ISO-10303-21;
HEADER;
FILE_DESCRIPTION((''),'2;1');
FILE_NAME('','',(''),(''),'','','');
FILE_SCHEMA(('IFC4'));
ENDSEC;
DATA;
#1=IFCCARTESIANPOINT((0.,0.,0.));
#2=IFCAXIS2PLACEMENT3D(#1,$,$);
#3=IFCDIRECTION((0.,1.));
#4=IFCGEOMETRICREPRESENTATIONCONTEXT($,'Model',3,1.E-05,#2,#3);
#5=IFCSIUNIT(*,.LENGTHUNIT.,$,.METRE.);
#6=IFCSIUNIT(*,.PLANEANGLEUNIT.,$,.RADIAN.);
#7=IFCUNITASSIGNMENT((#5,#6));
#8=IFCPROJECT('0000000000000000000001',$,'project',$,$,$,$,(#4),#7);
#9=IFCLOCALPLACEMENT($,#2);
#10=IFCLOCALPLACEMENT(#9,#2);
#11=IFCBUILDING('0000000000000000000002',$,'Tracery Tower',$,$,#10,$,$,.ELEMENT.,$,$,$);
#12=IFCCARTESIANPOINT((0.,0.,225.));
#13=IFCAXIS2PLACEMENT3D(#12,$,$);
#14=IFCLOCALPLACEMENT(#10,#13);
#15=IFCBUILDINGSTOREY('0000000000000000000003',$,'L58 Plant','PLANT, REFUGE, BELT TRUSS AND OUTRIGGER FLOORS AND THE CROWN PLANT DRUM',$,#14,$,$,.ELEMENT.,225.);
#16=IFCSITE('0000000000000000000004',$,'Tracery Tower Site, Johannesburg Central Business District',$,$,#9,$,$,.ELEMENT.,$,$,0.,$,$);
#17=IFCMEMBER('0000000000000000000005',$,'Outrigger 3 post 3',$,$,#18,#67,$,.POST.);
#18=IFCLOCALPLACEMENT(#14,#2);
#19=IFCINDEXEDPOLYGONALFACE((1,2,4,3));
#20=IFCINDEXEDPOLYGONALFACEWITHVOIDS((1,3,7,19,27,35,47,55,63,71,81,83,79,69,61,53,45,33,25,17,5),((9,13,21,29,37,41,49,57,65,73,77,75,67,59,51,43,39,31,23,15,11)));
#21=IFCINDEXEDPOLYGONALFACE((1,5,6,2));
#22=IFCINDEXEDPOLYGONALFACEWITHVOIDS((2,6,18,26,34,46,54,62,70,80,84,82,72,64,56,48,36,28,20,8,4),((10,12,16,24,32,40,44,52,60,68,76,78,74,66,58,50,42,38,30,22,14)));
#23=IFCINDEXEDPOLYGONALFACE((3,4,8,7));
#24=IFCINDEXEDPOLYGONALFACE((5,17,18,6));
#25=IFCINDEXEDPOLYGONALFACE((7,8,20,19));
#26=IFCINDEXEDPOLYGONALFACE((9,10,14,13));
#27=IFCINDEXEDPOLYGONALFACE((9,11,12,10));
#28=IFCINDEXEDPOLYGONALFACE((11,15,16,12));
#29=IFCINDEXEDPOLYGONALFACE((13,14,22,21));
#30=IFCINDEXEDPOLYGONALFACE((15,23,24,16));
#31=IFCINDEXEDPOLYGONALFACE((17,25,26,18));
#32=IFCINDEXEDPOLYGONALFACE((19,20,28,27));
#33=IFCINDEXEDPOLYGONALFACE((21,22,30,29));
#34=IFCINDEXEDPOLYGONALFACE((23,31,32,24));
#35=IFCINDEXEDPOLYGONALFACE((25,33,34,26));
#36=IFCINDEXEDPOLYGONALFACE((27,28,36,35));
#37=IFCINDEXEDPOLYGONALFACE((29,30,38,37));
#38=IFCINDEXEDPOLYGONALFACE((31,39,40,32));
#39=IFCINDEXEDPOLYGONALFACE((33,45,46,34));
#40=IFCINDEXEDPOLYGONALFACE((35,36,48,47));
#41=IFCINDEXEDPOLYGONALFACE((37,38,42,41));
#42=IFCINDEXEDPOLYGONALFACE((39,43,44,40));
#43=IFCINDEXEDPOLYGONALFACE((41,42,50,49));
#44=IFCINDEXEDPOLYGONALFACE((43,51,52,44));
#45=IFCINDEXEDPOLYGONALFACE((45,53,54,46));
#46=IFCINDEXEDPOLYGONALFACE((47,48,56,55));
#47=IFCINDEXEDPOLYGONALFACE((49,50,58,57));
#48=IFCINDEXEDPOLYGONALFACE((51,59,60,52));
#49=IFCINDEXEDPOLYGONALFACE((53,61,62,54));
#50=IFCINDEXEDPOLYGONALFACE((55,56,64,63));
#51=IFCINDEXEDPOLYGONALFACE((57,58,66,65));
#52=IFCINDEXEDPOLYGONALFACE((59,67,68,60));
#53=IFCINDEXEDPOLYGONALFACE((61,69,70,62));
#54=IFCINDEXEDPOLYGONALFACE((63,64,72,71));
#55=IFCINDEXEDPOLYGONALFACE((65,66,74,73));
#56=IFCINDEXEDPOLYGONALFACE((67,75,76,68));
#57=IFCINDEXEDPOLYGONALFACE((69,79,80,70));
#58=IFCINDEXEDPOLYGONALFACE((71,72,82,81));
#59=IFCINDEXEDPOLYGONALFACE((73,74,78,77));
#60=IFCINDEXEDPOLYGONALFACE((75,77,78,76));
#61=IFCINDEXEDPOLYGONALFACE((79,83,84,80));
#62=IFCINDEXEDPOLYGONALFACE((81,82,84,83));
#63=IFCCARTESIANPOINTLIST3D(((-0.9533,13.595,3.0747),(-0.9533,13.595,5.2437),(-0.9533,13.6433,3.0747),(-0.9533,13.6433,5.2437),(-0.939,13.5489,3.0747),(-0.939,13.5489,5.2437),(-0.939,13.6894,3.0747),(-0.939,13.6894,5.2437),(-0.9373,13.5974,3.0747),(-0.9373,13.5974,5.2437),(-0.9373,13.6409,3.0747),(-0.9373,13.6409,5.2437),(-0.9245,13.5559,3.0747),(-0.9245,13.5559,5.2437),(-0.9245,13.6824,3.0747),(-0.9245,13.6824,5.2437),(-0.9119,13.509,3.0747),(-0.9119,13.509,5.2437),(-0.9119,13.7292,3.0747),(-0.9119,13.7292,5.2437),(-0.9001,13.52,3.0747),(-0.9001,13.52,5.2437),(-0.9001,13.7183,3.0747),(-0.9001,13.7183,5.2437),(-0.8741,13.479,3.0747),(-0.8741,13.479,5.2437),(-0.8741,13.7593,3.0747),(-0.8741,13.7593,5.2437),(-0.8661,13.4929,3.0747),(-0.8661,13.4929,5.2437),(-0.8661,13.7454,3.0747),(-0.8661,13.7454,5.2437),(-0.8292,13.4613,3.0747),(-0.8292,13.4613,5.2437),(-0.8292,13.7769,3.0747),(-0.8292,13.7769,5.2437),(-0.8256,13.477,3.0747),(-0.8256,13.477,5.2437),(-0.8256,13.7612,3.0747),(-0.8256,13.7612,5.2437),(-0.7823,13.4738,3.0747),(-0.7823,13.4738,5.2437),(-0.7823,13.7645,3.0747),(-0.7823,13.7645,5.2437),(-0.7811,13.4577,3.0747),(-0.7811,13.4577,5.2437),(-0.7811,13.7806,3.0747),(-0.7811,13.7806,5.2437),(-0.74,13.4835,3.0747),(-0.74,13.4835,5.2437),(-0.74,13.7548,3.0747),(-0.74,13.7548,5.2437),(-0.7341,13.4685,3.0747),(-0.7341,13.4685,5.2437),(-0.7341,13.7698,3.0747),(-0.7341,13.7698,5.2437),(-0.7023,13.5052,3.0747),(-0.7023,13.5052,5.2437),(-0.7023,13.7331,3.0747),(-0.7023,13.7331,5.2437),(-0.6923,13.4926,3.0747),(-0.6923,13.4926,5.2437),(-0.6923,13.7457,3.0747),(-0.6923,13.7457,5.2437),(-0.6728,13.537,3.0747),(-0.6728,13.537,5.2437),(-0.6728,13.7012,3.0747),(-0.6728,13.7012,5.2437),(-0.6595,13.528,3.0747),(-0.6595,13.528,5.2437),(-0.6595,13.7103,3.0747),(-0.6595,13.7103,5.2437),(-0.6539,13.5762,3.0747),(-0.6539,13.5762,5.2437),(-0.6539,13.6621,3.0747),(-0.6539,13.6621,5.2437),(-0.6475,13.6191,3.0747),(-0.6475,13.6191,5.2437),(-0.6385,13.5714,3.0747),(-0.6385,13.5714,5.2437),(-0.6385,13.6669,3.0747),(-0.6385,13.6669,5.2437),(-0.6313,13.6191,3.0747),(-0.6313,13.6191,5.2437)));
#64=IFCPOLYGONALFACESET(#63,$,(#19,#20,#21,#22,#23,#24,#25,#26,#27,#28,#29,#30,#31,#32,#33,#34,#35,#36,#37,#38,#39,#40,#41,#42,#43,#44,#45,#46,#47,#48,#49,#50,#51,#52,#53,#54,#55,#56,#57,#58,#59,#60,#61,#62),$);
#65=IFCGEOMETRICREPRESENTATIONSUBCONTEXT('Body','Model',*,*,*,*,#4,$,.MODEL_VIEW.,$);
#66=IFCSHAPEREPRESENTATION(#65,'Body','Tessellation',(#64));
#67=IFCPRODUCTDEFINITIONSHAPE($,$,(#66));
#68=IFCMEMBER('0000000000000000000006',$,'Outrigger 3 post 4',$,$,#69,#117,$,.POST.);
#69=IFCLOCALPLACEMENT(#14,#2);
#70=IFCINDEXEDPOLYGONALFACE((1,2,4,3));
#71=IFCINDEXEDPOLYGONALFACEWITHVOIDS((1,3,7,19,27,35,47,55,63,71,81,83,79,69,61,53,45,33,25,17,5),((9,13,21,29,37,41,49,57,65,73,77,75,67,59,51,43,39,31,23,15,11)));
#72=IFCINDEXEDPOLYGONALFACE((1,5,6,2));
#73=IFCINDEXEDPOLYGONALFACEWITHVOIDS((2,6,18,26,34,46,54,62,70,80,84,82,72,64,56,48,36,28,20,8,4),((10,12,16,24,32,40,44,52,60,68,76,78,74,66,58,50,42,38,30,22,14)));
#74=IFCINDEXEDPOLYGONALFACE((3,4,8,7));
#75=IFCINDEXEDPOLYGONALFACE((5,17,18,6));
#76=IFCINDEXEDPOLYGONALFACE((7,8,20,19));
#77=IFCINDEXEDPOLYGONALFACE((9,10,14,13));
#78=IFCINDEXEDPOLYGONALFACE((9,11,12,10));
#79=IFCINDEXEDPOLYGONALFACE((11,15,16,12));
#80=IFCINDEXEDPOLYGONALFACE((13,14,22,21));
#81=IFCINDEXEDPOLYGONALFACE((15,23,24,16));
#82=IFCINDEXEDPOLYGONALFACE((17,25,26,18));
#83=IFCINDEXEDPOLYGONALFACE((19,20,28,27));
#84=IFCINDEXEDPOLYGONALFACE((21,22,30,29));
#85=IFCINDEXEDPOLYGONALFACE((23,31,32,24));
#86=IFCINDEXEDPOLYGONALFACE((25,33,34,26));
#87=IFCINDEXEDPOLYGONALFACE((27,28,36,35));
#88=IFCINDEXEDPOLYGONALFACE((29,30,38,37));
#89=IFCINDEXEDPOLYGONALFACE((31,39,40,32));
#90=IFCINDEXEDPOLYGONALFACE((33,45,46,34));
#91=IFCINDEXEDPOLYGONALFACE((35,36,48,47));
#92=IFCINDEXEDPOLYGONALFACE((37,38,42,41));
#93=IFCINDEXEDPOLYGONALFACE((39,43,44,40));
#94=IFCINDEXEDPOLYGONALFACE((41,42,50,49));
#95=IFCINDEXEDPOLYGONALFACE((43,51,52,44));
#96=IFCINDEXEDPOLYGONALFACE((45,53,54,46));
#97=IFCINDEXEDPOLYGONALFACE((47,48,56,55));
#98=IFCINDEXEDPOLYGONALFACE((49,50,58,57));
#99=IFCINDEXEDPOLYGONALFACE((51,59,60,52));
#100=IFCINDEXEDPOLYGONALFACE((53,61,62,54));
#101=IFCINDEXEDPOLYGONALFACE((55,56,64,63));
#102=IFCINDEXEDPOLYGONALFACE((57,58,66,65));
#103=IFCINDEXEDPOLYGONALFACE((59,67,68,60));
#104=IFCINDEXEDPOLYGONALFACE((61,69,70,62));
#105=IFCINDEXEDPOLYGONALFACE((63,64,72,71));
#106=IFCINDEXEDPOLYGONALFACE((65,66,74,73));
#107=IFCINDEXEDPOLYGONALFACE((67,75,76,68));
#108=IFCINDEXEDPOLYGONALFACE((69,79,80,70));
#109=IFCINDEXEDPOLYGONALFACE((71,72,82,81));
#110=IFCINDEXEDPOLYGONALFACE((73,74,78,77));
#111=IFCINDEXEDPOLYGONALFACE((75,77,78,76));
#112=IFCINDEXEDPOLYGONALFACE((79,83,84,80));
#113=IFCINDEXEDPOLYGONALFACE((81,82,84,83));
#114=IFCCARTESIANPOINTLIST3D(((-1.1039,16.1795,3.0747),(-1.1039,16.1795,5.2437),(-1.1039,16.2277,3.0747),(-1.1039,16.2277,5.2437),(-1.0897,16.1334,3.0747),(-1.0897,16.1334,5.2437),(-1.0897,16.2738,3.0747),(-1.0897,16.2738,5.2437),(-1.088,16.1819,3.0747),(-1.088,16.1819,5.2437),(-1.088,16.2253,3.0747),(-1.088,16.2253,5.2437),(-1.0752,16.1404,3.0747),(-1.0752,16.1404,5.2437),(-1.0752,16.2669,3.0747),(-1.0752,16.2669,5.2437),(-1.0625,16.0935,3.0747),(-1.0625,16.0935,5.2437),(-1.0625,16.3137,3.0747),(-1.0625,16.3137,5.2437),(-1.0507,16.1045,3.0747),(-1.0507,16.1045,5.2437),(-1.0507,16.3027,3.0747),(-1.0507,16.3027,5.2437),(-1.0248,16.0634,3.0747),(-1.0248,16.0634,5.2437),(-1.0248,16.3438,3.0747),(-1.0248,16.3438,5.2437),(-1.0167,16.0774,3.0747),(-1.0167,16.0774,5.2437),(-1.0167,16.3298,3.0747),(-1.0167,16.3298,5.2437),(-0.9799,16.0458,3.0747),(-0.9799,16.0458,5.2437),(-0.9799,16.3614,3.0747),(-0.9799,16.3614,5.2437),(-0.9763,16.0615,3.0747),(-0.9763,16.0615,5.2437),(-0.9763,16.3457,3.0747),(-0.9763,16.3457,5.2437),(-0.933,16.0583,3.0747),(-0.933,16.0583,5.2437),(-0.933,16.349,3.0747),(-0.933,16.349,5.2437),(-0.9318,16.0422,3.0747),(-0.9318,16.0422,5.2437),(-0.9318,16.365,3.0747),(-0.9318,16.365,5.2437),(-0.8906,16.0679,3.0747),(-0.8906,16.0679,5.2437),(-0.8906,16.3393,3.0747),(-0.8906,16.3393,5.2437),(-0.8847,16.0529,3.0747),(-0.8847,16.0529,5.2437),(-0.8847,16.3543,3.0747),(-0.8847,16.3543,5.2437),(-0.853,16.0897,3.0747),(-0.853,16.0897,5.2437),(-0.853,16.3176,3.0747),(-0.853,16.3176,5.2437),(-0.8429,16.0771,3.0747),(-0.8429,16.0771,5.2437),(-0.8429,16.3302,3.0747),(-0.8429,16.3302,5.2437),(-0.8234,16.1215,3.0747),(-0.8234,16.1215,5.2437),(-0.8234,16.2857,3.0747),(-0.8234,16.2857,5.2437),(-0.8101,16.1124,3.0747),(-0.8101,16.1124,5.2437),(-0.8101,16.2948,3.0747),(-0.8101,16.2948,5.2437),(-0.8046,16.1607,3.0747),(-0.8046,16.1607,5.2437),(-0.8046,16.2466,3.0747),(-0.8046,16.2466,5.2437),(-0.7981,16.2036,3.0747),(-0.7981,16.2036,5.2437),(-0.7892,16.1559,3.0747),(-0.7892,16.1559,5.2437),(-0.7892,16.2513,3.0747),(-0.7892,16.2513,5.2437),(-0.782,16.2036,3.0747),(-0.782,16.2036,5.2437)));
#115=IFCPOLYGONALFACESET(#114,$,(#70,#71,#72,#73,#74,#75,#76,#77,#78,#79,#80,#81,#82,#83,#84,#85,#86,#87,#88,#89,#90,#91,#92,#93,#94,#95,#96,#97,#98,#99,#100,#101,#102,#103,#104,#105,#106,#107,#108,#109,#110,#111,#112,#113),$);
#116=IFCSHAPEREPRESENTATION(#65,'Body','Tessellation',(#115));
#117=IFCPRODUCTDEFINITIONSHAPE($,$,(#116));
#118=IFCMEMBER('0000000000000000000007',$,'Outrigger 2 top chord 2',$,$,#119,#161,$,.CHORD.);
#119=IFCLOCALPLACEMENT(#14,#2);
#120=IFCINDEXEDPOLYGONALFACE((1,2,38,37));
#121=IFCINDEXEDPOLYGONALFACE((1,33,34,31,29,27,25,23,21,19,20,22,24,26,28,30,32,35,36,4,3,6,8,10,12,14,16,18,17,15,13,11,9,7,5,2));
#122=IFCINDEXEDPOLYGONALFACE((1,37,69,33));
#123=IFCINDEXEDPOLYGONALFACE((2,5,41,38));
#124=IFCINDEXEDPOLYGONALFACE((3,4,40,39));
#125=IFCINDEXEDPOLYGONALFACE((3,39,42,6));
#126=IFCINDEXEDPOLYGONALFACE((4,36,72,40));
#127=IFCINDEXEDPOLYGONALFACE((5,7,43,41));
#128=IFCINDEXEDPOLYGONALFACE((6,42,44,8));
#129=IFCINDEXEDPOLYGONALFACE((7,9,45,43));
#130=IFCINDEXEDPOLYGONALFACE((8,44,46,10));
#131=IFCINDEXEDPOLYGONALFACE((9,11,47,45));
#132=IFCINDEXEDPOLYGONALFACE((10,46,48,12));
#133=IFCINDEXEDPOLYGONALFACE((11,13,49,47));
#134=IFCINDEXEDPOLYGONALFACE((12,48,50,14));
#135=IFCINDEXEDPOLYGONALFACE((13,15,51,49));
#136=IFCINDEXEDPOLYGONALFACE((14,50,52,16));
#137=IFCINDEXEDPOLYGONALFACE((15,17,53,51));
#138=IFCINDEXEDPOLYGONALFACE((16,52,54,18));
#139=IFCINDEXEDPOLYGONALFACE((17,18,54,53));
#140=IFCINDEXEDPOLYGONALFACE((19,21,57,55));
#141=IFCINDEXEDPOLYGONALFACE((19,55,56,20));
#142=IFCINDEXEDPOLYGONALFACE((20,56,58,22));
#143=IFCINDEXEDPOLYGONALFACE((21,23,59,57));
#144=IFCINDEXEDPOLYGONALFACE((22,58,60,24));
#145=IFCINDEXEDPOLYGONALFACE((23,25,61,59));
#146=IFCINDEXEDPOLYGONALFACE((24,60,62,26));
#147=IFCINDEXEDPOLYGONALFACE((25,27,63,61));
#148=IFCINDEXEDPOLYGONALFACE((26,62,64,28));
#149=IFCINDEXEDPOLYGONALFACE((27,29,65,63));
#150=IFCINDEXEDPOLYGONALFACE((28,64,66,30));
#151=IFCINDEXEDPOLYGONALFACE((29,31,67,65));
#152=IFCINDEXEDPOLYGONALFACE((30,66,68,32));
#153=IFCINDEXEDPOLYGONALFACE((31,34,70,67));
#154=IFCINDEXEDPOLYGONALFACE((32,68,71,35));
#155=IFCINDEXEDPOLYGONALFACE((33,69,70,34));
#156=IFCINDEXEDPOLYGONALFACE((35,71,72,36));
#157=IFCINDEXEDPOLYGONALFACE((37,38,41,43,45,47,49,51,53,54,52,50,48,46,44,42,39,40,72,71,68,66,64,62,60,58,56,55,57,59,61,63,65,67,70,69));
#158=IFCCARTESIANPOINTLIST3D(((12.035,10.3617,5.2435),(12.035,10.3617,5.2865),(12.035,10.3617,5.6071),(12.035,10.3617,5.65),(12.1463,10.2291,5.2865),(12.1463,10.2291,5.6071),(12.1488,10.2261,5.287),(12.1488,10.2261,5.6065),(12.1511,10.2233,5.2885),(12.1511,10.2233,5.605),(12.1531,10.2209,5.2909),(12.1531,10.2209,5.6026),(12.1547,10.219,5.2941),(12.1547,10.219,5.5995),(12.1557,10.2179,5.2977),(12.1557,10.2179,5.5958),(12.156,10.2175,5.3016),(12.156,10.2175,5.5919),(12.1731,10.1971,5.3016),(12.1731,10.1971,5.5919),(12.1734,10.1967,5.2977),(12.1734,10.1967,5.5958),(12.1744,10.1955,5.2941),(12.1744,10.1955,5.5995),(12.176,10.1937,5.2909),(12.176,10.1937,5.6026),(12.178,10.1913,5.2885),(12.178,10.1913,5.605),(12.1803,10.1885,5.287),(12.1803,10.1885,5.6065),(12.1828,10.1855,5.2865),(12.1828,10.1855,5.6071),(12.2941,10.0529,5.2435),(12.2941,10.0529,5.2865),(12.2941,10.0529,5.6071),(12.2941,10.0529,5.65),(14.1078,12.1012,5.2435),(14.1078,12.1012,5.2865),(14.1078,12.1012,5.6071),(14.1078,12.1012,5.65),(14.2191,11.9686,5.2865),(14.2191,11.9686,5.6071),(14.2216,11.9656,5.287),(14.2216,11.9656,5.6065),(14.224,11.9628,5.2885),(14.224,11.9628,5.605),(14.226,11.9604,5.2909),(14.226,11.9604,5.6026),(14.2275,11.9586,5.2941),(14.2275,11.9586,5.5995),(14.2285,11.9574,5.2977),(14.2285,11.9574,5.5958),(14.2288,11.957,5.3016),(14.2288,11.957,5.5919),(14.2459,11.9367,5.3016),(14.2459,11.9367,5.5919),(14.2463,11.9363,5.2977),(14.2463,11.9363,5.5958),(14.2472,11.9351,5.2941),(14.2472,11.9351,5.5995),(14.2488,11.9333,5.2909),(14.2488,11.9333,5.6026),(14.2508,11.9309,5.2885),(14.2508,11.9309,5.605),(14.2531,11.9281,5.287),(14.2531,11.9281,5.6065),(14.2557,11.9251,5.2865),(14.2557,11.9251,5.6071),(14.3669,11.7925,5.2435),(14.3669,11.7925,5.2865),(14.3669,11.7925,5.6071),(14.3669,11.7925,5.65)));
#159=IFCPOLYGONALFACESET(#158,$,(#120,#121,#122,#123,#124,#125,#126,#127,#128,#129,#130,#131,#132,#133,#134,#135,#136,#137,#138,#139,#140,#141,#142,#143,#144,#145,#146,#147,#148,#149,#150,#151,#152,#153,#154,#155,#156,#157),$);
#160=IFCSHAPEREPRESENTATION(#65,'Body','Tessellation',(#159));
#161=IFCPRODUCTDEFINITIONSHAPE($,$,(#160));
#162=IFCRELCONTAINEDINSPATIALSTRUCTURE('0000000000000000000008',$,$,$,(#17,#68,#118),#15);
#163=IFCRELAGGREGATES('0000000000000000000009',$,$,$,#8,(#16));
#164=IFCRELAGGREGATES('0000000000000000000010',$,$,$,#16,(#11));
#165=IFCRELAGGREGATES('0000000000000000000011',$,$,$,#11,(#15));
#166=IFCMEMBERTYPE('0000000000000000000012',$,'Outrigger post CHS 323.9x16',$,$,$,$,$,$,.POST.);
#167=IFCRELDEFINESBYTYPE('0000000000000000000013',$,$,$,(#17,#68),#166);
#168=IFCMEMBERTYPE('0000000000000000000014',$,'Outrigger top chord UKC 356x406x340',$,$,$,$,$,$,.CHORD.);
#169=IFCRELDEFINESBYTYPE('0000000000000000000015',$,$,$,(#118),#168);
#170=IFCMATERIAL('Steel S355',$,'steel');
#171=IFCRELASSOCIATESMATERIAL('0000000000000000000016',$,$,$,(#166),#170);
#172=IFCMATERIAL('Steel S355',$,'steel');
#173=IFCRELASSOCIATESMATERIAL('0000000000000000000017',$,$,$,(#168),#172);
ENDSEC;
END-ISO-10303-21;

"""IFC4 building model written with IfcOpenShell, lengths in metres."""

from ifc_helpers import new_model, si_unit, direction, frame, origin, origin_2d, place, context, subcontext, project, spatial, hollow_circle, i_section, extrude, material, material_profile, profile_set, type_object, element, save


model = new_model("IFC4")

# Units and contexts
model_context = context("Model", 3, precision=1e-05, world=origin(), true_north=direction((0.0, 1.0)))
body_context = subcontext(model_context, "Body", "Model", "MODEL_VIEW")
ifc_project = project(units=[si_unit("LENGTHUNIT", "METRE"), si_unit("PLANEANGLEUNIT", "RADIAN")], contexts=[model_context])

# Site, building, storey
site_placement = place(None, origin())
site = spatial("IfcSite", under=ifc_project, at=site_placement, Name="Tracery Tower Site, Johannesburg Central Business District", CompositionType="ELEMENT", RefElevation=0.0)
building_placement = place(site_placement, origin())
building = spatial("IfcBuilding", under=site, at=building_placement, Name="Tracery Tower", CompositionType="ELEMENT")
storey_placement = place(building_placement, frame((0.0, 0.0, 225.0)))
storey = spatial("IfcBuildingStorey", under=building, at=storey_placement, Name="L58 Plant", Description="PLANT, REFUGE, BELT TRUSS AND OUTRIGGER FLOORS AND THE CROWN PLANT DRUM", CompositionType="ELEMENT", Elevation=225.0)

# Members
ifc_material_1 = material(Name="Steel S355", Category="steel")
ifc_material_profile_1 = material_profile(ifc_material_1, hollow_circle(Radius=0.1619, WallThickness=0.0161, at=origin_2d()), Name="CHS 323.9x16")
ifc_profile_set_1 = profile_set([ifc_material_profile_1], Name="Steel S355")
member_type_1 = type_object("IfcMemberType", Name="Outrigger post CHS 323.9x16", PredefinedType="POST", material=ifc_profile_set_1)
for number, where, z_axis, x_axis, name in (
    (1, (-0.7932, 13.6191, 3.0747), (0.0, 0.0, 1.0), (1.0, 0.0, 0.0), "Outrigger 3 post 3"),
    (2, (-0.9438, 16.2036, 3.0747), (0.0, 0.0, 1.0), (1.0, 0.0, 0.0), "Outrigger 3 post 4"),
):
    element("IfcMember", number, at=place(storey_placement, frame(where, z_axis=z_axis, x_axis=x_axis)), inside=storey, type_object=member_type_1, Name=name, PredefinedType="POST", context=body_context, shape_type="SweptSolid", body=[
        extrude(hollow_circle(Radius=0.1619, WallThickness=0.0161, at=origin_2d()), origin(), (0.0, 0.0, 1.0), 2.1689),
    ])
ifc_material_2 = material(Name="Steel S355", Category="steel")
ifc_material_profile_2 = material_profile(ifc_material_2, i_section(OverallWidth=0.4031, OverallDepth=0.4065, WebThickness=0.0266, FlangeThickness=0.043, FilletRadius=0.0151, at=origin_2d()), Name="UKC 356x406x340")
ifc_profile_set_2 = profile_set([ifc_material_profile_2], Name="Steel S355")
member_type_2 = type_object("IfcMemberType", Name="Outrigger top chord UKC 356x406x340", PredefinedType="CHORD", material=ifc_profile_set_2)
member_1_placement = place(storey_placement, frame((12.1646, 10.2073, 5.4468), z_axis=(0.765998, 0.642843, 0.0), x_axis=(-0.642843, 0.765998, 0.0)))
element("IfcMember", 3, at=member_1_placement, inside=storey, type_object=member_type_2, Name="Outrigger 2 top chord 2", PredefinedType="CHORD", context=body_context, shape_type="SweptSolid", body=[
    extrude(i_section(OverallWidth=0.4031, OverallDepth=0.4065, WebThickness=0.0266, FlangeThickness=0.043, FilletRadius=0.0151, at=origin_2d()), origin(), (0.0, 0.0, 1.0), 2.7061),
])

save(model, "model.ifc")
